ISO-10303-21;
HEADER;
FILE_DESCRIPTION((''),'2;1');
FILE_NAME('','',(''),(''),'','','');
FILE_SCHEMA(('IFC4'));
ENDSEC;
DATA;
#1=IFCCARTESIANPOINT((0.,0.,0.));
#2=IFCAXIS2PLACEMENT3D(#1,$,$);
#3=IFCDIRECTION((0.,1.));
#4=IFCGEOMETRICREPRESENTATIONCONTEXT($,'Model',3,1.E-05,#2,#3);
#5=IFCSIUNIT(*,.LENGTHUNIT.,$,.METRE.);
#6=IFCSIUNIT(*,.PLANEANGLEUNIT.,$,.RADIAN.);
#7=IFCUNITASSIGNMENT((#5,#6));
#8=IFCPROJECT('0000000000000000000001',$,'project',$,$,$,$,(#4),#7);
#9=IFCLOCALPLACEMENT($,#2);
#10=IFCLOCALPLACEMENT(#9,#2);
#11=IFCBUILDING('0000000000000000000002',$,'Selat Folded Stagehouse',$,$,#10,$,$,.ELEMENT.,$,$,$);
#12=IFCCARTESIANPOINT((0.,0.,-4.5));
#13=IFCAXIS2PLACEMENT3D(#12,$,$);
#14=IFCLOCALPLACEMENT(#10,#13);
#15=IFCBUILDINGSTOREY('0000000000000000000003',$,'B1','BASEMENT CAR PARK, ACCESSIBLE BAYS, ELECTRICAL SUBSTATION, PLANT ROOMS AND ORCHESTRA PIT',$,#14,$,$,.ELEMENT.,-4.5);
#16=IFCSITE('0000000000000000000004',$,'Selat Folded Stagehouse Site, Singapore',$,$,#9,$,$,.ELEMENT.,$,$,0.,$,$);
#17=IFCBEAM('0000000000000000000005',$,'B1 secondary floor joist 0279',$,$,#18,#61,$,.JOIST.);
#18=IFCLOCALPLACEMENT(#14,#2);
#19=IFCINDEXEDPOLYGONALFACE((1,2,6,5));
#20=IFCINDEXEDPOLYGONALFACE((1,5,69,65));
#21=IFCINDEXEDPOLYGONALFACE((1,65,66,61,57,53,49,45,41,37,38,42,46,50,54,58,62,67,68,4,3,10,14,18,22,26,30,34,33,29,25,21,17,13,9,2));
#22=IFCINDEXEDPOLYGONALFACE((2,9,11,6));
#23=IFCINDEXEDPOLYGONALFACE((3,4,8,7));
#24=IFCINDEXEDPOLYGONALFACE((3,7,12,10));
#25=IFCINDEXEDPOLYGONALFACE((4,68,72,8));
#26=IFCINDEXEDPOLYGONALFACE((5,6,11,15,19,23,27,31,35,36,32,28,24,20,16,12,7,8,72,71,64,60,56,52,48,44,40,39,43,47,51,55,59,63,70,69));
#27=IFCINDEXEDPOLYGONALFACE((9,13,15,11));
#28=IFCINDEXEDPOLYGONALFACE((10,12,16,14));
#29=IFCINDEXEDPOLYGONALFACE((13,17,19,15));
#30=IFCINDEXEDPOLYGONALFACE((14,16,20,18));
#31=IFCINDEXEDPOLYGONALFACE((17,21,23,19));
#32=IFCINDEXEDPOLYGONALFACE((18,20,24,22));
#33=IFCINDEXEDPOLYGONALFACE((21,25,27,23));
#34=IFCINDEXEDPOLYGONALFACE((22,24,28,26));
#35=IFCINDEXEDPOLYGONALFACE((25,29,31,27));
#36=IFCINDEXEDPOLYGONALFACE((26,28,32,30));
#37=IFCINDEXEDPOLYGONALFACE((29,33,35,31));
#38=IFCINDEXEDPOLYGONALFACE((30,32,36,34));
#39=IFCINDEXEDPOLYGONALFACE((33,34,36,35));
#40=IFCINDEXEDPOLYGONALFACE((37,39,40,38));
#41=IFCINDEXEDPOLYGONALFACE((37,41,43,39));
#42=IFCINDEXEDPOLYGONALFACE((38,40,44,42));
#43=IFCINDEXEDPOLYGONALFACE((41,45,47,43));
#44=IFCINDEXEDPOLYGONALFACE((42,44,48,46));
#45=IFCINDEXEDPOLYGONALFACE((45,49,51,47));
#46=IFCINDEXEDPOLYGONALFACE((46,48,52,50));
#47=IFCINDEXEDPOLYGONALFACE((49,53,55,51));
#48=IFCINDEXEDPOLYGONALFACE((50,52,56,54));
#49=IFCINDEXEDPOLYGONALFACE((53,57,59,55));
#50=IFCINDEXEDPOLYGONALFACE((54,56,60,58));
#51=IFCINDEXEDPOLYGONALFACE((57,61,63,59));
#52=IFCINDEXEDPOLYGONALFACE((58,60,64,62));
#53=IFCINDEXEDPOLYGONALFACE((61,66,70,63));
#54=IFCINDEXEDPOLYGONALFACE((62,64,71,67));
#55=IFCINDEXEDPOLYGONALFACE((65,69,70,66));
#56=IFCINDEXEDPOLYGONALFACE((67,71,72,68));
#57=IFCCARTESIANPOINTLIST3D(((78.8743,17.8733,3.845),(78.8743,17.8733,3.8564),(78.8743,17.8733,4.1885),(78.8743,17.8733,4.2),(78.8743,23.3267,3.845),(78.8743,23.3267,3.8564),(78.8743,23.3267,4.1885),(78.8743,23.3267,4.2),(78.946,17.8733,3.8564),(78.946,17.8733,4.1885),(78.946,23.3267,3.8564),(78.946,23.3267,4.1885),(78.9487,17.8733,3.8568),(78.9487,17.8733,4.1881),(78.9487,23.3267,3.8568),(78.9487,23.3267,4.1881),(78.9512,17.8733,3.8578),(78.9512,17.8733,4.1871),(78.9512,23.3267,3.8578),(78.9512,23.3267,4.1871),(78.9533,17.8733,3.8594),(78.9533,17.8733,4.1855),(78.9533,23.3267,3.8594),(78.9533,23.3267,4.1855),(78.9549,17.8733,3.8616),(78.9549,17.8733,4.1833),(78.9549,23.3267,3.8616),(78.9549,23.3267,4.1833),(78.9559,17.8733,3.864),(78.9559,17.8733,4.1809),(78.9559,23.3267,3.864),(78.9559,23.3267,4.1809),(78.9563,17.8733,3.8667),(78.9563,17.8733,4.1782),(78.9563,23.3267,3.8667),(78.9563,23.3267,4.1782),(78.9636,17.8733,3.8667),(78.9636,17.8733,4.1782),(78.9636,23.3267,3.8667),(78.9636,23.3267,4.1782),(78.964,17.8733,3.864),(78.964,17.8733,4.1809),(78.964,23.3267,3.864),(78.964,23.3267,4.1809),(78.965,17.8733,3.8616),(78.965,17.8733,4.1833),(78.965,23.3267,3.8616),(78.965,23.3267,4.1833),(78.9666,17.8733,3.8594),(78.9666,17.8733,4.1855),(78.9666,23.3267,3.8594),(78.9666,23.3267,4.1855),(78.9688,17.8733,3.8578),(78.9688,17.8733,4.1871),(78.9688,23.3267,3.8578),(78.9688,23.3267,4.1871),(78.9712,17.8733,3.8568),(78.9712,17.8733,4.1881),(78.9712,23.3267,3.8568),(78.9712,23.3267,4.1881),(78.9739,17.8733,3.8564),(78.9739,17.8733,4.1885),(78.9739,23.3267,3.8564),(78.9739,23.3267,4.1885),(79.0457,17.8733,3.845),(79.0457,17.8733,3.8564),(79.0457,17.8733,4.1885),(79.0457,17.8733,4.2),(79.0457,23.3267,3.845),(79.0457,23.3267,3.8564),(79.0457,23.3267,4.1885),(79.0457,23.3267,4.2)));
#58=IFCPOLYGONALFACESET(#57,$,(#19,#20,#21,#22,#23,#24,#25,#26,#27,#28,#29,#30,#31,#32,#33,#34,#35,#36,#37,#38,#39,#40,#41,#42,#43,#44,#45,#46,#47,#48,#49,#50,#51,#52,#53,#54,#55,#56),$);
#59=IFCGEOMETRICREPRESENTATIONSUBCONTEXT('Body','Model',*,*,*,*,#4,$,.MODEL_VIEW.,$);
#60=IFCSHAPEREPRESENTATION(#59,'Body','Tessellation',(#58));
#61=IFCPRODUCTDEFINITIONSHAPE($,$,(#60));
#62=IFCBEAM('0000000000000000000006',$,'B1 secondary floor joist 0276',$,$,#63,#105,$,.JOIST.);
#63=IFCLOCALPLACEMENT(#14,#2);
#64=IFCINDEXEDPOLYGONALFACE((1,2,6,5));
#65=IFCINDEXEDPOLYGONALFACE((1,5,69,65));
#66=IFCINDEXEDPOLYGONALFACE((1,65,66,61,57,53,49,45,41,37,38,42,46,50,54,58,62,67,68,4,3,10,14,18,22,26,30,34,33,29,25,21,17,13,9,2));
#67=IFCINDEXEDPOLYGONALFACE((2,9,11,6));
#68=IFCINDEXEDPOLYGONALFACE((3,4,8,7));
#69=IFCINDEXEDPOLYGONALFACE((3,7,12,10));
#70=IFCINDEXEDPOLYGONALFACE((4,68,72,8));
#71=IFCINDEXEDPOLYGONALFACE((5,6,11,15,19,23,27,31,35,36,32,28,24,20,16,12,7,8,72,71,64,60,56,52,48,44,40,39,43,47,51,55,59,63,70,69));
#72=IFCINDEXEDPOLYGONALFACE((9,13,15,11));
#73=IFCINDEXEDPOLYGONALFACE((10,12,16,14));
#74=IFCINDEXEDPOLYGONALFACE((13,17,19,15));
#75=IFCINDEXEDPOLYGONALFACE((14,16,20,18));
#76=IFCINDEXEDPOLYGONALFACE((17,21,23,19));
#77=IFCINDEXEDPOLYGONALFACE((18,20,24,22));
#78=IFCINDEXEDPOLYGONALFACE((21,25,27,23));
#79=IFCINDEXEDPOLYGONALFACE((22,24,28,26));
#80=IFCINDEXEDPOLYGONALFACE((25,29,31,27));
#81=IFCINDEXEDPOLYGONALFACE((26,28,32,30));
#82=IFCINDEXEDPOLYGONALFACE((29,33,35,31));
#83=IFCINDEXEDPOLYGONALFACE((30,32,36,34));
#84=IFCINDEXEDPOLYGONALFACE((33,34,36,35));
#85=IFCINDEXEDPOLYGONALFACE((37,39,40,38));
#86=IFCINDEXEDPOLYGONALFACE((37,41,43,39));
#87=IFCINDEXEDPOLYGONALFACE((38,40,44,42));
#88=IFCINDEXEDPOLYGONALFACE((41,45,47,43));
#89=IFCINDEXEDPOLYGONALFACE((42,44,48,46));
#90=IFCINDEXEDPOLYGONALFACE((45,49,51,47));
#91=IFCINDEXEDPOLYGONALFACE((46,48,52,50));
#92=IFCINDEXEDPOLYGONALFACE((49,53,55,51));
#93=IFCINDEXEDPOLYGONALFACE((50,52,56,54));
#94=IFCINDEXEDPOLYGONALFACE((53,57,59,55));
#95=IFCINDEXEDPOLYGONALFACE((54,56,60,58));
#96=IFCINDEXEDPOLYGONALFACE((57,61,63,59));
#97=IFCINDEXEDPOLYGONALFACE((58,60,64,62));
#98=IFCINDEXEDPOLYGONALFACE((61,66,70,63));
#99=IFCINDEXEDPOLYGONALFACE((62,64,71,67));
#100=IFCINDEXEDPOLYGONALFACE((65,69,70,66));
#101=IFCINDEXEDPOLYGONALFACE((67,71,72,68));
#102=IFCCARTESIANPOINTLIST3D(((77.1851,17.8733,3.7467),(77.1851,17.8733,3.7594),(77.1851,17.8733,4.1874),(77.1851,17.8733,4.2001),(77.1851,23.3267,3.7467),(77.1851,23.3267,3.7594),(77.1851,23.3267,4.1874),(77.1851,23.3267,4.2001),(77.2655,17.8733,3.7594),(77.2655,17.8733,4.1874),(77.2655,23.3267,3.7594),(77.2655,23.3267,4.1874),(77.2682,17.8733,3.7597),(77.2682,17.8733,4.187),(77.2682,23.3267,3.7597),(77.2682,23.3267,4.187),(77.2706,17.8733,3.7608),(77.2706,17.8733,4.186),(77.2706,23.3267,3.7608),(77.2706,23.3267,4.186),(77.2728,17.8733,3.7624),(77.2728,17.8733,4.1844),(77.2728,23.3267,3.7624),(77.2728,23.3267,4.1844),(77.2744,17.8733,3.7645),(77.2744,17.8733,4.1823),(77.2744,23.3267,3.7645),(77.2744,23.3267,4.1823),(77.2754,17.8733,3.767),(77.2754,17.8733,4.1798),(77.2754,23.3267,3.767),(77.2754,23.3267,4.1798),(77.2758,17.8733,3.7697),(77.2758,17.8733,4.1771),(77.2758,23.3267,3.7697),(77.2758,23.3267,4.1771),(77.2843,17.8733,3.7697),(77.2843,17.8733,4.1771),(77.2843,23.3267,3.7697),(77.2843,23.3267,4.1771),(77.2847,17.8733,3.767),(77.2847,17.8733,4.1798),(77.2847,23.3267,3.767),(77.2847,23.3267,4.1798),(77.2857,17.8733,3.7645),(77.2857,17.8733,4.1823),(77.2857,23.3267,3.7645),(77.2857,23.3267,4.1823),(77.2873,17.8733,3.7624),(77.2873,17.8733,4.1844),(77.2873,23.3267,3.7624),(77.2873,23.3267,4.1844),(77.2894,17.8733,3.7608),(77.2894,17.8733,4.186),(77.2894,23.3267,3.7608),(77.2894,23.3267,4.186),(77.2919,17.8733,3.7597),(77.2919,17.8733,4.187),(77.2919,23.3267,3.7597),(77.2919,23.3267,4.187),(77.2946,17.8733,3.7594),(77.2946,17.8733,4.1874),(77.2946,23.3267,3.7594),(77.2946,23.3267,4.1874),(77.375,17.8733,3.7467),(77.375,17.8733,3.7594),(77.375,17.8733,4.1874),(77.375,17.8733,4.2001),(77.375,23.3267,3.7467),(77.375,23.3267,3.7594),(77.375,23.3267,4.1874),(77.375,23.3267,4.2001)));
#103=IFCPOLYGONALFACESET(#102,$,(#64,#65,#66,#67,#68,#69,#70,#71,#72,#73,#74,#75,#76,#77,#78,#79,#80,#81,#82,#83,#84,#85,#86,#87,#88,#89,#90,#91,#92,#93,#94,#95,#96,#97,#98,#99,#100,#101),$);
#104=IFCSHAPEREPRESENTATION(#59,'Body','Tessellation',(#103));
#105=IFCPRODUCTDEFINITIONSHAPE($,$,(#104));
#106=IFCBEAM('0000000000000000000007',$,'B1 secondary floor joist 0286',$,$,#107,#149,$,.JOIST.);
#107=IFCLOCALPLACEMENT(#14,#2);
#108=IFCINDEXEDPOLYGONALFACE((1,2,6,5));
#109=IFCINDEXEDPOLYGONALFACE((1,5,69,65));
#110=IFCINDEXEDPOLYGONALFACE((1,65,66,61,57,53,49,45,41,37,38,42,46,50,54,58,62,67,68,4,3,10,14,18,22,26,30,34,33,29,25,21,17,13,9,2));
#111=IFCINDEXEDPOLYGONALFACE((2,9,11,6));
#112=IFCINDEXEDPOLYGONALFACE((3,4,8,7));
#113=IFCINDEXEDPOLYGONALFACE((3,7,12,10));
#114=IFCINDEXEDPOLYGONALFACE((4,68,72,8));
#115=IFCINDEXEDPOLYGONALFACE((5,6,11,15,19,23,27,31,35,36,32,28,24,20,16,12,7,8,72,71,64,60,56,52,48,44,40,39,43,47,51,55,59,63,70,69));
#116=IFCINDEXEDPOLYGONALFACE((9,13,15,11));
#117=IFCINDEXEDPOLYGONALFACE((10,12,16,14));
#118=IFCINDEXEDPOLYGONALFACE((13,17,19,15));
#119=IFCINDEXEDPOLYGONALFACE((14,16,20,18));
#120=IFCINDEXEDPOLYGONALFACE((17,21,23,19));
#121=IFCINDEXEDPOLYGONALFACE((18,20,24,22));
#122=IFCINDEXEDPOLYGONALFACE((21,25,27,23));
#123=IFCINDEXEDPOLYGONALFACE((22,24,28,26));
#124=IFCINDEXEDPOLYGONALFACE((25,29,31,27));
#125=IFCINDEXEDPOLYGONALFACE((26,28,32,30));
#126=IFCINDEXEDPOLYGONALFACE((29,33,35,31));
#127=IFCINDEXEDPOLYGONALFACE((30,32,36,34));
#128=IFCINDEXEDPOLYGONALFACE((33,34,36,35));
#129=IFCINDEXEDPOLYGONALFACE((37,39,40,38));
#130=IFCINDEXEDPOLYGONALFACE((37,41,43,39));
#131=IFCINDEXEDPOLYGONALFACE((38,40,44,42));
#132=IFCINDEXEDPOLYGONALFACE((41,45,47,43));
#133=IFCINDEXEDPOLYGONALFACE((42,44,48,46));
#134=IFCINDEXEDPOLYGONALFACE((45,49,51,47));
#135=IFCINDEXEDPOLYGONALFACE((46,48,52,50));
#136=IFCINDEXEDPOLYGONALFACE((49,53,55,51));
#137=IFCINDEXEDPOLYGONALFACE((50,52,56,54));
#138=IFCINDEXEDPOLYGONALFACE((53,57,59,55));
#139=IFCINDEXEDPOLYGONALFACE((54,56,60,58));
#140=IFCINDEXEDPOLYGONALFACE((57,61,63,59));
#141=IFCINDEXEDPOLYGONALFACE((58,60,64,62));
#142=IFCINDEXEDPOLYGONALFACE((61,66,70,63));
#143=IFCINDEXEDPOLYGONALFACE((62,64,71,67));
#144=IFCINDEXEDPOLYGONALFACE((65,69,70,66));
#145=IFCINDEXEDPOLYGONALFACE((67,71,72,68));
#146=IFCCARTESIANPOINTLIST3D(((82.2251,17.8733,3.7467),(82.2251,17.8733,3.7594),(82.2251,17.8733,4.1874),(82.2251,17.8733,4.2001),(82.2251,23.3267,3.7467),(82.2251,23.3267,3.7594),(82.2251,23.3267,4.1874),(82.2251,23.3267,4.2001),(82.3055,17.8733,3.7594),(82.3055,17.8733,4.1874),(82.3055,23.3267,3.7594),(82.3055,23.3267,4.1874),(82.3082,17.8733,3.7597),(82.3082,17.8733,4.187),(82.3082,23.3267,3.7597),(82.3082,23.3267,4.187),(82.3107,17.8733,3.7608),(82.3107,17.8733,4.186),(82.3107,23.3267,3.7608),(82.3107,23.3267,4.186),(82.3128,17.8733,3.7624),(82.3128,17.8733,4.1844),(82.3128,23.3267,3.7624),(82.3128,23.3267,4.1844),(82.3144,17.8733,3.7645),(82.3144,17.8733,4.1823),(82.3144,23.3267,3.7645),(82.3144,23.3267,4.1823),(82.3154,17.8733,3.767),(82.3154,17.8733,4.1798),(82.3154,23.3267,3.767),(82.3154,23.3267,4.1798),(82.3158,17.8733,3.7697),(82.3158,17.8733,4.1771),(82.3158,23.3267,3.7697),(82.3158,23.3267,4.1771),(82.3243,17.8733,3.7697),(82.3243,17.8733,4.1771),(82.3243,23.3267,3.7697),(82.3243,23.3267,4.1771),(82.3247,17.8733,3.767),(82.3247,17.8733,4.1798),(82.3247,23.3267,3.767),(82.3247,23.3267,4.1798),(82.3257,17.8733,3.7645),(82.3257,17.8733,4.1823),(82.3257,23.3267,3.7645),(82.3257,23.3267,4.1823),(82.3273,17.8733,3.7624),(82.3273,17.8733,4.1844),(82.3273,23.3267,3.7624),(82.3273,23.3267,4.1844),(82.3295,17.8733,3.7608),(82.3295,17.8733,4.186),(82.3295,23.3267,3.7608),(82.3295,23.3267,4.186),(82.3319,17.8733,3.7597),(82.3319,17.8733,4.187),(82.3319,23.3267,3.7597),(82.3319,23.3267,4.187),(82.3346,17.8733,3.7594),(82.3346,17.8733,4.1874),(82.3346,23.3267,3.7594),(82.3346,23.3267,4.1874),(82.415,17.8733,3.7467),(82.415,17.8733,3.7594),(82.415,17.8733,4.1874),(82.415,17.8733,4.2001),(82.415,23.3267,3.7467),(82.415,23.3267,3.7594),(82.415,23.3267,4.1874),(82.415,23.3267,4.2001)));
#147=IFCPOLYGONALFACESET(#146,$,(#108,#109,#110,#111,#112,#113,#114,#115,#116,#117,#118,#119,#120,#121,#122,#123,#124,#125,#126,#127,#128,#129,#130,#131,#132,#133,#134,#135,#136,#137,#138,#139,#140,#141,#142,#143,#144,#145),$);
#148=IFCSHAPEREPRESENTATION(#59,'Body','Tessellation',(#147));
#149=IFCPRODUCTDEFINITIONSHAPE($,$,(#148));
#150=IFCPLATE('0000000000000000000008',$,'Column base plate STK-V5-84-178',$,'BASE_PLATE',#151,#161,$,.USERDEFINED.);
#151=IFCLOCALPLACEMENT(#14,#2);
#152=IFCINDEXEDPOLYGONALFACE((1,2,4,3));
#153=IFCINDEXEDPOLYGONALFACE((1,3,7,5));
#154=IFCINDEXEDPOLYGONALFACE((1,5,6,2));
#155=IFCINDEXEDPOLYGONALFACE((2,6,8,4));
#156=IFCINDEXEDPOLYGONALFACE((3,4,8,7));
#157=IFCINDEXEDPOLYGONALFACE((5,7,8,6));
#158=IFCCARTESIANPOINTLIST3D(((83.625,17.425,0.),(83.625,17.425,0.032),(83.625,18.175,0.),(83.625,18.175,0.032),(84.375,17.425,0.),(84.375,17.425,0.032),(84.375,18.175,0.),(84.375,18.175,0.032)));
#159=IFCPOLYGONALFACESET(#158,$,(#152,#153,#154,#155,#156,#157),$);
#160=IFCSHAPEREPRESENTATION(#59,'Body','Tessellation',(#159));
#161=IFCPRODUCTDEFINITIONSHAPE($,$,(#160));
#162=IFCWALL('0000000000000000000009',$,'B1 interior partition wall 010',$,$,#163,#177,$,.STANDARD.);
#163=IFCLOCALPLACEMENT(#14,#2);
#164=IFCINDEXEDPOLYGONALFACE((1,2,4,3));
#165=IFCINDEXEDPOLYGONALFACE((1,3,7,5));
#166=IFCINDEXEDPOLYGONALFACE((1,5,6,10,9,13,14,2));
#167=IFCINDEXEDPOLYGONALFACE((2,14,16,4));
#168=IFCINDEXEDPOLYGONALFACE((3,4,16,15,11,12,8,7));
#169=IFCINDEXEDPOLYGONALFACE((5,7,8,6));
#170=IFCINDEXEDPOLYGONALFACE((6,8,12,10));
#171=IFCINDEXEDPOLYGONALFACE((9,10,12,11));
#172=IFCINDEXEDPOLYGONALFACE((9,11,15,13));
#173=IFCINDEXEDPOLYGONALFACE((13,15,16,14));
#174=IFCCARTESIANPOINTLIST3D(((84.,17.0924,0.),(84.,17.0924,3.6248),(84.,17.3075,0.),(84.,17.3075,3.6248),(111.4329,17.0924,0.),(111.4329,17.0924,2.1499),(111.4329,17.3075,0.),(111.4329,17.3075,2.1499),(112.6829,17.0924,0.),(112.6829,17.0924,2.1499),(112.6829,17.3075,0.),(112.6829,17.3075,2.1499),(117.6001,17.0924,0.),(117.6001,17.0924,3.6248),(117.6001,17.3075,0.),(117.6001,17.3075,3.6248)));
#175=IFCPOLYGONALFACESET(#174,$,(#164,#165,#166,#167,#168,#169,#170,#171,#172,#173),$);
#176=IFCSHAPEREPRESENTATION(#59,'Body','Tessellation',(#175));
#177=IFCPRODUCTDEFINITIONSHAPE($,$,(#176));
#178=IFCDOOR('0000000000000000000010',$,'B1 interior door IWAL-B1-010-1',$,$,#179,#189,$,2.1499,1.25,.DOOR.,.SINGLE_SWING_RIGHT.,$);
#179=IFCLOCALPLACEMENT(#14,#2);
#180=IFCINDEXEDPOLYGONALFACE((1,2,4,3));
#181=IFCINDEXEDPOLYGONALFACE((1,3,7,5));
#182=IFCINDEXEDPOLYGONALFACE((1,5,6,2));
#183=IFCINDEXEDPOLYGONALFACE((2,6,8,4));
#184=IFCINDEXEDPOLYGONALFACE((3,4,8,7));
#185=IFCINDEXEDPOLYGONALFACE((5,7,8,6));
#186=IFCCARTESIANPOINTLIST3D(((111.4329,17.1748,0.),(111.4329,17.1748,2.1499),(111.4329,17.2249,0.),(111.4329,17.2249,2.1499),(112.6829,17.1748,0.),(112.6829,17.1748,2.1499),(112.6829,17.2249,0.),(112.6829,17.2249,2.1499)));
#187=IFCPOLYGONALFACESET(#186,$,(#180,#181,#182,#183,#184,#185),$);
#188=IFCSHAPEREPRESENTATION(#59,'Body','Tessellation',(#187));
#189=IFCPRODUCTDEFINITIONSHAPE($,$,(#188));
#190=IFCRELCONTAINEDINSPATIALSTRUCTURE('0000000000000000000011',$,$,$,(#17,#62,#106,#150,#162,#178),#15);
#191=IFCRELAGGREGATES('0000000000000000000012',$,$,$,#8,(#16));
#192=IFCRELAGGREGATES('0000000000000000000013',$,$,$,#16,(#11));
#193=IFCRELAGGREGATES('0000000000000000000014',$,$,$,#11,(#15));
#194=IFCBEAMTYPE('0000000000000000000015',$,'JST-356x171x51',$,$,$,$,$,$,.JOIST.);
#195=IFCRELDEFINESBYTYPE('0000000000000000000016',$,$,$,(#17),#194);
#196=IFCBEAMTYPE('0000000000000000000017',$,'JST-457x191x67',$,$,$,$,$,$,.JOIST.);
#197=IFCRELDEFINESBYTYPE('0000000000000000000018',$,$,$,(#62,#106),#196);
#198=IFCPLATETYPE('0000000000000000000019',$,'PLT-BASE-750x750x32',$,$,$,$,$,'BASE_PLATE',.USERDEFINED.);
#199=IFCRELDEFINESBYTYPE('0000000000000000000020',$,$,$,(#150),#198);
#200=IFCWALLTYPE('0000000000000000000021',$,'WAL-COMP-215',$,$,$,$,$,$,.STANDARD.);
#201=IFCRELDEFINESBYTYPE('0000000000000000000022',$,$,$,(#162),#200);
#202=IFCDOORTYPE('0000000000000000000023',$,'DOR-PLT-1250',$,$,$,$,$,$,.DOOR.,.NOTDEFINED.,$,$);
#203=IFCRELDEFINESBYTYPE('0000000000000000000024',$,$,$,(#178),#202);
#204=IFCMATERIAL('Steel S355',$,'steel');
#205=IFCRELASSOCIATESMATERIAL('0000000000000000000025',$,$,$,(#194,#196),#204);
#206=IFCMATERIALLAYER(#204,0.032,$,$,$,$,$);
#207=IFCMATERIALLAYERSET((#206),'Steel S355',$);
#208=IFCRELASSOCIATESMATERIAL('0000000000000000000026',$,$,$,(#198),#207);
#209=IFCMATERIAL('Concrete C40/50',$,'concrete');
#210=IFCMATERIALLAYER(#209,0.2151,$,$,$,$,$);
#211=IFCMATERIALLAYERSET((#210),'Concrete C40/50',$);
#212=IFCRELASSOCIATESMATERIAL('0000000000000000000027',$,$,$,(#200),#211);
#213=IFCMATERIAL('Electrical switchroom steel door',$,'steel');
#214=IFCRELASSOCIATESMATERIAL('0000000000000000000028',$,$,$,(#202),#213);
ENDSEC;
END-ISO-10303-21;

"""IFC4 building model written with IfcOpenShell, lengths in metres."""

from ifc_helpers import new_model, si_unit, direction, frame, frame_2d, origin, origin_2d, place, context, subcontext, project, spatial, rectangle, i_section, extrude, material, layer, layer_set, material_profile, profile_set, type_object, element, fill, save


model = new_model("IFC4")

# Units and contexts
model_context = context("Model", 3, precision=1e-05, world=origin(), true_north=direction((0.0, 1.0)))
body_context = subcontext(model_context, "Body", "Model", "MODEL_VIEW")
ifc_project = project(units=[si_unit("LENGTHUNIT", "METRE"), si_unit("PLANEANGLEUNIT", "RADIAN")], contexts=[model_context])

# Site, building, storey
site_placement = place(None, origin())
site = spatial("IfcSite", under=ifc_project, at=site_placement, Name="Selat Folded Stagehouse Site, Singapore", CompositionType="ELEMENT", RefElevation=0.0)
building_placement = place(site_placement, origin())
building = spatial("IfcBuilding", under=site, at=building_placement, Name="Selat Folded Stagehouse", CompositionType="ELEMENT")
storey_placement = place(building_placement, frame((0.0, 0.0, -4.5)))
storey = spatial("IfcBuildingStorey", under=building, at=storey_placement, Name="B1", Description="BASEMENT CAR PARK, ACCESSIBLE BAYS, ELECTRICAL SUBSTATION, PLANT ROOMS AND ORCHESTRA PIT", CompositionType="ELEMENT", Elevation=-4.5)

# Shared definitions
ifc_material_1 = material(Name="Concrete C40/50", Category="concrete")

# Shared definitions
ifc_material_2 = material(Name="Steel S355", Category="steel")

# Beams
ifc_material_profile_1 = material_profile(ifc_material_2, i_section(OverallWidth=0.1714, OverallDepth=0.355, WebThickness=0.0073, FlangeThickness=0.0115, FilletRadius=0.0103, at=origin_2d()), Name="UKB 356x171x51")
ifc_profile_set_1 = profile_set([ifc_material_profile_1], Name="Steel S355")
beam_type_1 = type_object("IfcBeamType", Name="JST-356x171x51", PredefinedType="JOIST", material=ifc_profile_set_1)
beam_1_placement = place(storey_placement, frame((78.96, 17.8733, 4.0225), z_axis=(0.0, 1.0, 0.0), x_axis=(-1.0, 0.0, 0.0)))
element("IfcBeam", 1, at=beam_1_placement, inside=storey, type_object=beam_type_1, Name="B1 secondary floor joist 0279", PredefinedType="JOIST", context=body_context, shape_type="SweptSolid", body=[
    extrude(i_section(OverallWidth=0.1714, OverallDepth=0.355, WebThickness=0.0073, FlangeThickness=0.0115, FilletRadius=0.0103, at=origin_2d()), origin(), (0.0, 0.0, 1.0), 5.4534),
])
ifc_material_profile_2 = material_profile(ifc_material_2, i_section(OverallWidth=0.1899, OverallDepth=0.4534, WebThickness=0.0085, FlangeThickness=0.0127, FilletRadius=0.0103, at=origin_2d()), Name="UKB 457x191x67")
ifc_profile_set_2 = profile_set([ifc_material_profile_2], Name="Steel S355")
beam_type_2 = type_object("IfcBeamType", Name="JST-457x191x67", PredefinedType="JOIST", material=ifc_profile_set_2)
for number, where, z_axis, x_axis, name in (
    (2, (77.28, 17.8733, 3.9734), (0.0, 1.0, 0.0), (-1.0, 0.0, 0.0), "B1 secondary floor joist 0276"),
    (3, (82.3201, 17.8733, 3.9734), (0.0, 1.0, 0.0), (-1.0, 0.0, 0.0), "B1 secondary floor joist 0286"),
):
    element("IfcBeam", number, at=place(storey_placement, frame(where, z_axis=z_axis, x_axis=x_axis)), inside=storey, type_object=beam_type_2, Name=name, PredefinedType="JOIST", context=body_context, shape_type="SweptSolid", body=[
        extrude(i_section(OverallWidth=0.1899, OverallDepth=0.4534, WebThickness=0.0085, FlangeThickness=0.0127, FilletRadius=0.0103, at=origin_2d()), origin(), (0.0, 0.0, 1.0), 5.4534),
    ])

# Plate
ifc_layer_1 = layer(ifc_material_2, 0.032)
ifc_layer_set_1 = layer_set([ifc_layer_1], Name="Steel S355")
plate_type = type_object("IfcPlateType", Name="PLT-BASE-750x750x32", ElementType="BASE_PLATE", PredefinedType="USERDEFINED", material=ifc_layer_set_1)
plate_placement = place(storey_placement, frame((84.0, 17.8, 0.0), z_axis=(0.0, 0.0, 1.0), x_axis=(1.0, 0.0, 0.0)))
element("IfcPlate", 4, at=plate_placement, inside=storey, type_object=plate_type, Name="Column base plate STK-V5-84-178", ObjectType="BASE_PLATE", PredefinedType="USERDEFINED", context=body_context, shape_type="SweptSolid", body=[
    extrude(rectangle(XDim=0.75, YDim=0.75, at=origin_2d()), origin(), (0.0, 0.0, 1.0), 0.032),
])

# Wall, opening, door
ifc_layer_2 = layer(ifc_material_1, 0.2151)
ifc_layer_set_2 = layer_set([ifc_layer_2], Name="Concrete C40/50")
wall_type_1 = type_object("IfcWallType", Name="WAL-COMP-215", PredefinedType="STANDARD", material=ifc_layer_set_2)
wall_1_placement = place(storey_placement, frame((84.0, 17.2, 0.0), z_axis=(0.0, 0.0, 1.0), x_axis=(1.0, 0.0, 0.0)))
wall_1 = element("IfcWall", 5, at=wall_1_placement, inside=storey, type_object=wall_type_1, Name="B1 interior partition wall 010", PredefinedType="STANDARD", context=body_context, shape_type="SweptSolid", body=[
    extrude(rectangle(XDim=33.6001, YDim=0.2151, at=frame_2d((16.8, 0.0))), origin(), (0.0, 0.0, 1.0), 3.6248),
])
opening_1_placement = place(wall_1_placement, frame((27.4329, 0.0, 0.0)))
opening_1 = element("IfcOpeningElement", 6, at=opening_1_placement, cuts=wall_1, PredefinedType="OPENING", context=body_context, shape_type="SweptSolid", body=[
    extrude(rectangle(XDim=1.25, YDim=2.1499, at=frame_2d((0.625, 1.075))), frame((0.0, 0.1174, 0.0), z_axis=(0.0, -1.0, 0.0), x_axis=(1.0, 0.0, 0.0)), (0.0, 0.0, 1.0), 0.2351),
])
ifc_material_3 = material(Name="Electrical switchroom steel door", Category="steel")
door_type_1 = type_object("IfcDoorType", Name="DOR-PLT-1250", OperationType="NOTDEFINED", PredefinedType="DOOR", material=ifc_material_3)
door_1_placement = place(opening_1_placement, origin())
door_1 = element("IfcDoor", 7, at=door_1_placement, inside=storey, type_object=door_type_1, Name="B1 interior door IWAL-B1-010-1", OperationType="SINGLE_SWING_RIGHT", OverallHeight=2.1499, OverallWidth=1.25, PredefinedType="DOOR", context=body_context, shape_type="SweptSolid", body=[
    extrude(rectangle(XDim=1.25, YDim=2.1499, at=frame_2d((0.625, 1.075))), frame((0.0, 0.0249, 0.0), z_axis=(0.0, -1.0, 0.0), x_axis=(1.0, 0.0, 0.0)), (0.0, 0.0, 1.0), 0.05),
])
fill(opening_1, door_1)

save(model, "model.ifc")
